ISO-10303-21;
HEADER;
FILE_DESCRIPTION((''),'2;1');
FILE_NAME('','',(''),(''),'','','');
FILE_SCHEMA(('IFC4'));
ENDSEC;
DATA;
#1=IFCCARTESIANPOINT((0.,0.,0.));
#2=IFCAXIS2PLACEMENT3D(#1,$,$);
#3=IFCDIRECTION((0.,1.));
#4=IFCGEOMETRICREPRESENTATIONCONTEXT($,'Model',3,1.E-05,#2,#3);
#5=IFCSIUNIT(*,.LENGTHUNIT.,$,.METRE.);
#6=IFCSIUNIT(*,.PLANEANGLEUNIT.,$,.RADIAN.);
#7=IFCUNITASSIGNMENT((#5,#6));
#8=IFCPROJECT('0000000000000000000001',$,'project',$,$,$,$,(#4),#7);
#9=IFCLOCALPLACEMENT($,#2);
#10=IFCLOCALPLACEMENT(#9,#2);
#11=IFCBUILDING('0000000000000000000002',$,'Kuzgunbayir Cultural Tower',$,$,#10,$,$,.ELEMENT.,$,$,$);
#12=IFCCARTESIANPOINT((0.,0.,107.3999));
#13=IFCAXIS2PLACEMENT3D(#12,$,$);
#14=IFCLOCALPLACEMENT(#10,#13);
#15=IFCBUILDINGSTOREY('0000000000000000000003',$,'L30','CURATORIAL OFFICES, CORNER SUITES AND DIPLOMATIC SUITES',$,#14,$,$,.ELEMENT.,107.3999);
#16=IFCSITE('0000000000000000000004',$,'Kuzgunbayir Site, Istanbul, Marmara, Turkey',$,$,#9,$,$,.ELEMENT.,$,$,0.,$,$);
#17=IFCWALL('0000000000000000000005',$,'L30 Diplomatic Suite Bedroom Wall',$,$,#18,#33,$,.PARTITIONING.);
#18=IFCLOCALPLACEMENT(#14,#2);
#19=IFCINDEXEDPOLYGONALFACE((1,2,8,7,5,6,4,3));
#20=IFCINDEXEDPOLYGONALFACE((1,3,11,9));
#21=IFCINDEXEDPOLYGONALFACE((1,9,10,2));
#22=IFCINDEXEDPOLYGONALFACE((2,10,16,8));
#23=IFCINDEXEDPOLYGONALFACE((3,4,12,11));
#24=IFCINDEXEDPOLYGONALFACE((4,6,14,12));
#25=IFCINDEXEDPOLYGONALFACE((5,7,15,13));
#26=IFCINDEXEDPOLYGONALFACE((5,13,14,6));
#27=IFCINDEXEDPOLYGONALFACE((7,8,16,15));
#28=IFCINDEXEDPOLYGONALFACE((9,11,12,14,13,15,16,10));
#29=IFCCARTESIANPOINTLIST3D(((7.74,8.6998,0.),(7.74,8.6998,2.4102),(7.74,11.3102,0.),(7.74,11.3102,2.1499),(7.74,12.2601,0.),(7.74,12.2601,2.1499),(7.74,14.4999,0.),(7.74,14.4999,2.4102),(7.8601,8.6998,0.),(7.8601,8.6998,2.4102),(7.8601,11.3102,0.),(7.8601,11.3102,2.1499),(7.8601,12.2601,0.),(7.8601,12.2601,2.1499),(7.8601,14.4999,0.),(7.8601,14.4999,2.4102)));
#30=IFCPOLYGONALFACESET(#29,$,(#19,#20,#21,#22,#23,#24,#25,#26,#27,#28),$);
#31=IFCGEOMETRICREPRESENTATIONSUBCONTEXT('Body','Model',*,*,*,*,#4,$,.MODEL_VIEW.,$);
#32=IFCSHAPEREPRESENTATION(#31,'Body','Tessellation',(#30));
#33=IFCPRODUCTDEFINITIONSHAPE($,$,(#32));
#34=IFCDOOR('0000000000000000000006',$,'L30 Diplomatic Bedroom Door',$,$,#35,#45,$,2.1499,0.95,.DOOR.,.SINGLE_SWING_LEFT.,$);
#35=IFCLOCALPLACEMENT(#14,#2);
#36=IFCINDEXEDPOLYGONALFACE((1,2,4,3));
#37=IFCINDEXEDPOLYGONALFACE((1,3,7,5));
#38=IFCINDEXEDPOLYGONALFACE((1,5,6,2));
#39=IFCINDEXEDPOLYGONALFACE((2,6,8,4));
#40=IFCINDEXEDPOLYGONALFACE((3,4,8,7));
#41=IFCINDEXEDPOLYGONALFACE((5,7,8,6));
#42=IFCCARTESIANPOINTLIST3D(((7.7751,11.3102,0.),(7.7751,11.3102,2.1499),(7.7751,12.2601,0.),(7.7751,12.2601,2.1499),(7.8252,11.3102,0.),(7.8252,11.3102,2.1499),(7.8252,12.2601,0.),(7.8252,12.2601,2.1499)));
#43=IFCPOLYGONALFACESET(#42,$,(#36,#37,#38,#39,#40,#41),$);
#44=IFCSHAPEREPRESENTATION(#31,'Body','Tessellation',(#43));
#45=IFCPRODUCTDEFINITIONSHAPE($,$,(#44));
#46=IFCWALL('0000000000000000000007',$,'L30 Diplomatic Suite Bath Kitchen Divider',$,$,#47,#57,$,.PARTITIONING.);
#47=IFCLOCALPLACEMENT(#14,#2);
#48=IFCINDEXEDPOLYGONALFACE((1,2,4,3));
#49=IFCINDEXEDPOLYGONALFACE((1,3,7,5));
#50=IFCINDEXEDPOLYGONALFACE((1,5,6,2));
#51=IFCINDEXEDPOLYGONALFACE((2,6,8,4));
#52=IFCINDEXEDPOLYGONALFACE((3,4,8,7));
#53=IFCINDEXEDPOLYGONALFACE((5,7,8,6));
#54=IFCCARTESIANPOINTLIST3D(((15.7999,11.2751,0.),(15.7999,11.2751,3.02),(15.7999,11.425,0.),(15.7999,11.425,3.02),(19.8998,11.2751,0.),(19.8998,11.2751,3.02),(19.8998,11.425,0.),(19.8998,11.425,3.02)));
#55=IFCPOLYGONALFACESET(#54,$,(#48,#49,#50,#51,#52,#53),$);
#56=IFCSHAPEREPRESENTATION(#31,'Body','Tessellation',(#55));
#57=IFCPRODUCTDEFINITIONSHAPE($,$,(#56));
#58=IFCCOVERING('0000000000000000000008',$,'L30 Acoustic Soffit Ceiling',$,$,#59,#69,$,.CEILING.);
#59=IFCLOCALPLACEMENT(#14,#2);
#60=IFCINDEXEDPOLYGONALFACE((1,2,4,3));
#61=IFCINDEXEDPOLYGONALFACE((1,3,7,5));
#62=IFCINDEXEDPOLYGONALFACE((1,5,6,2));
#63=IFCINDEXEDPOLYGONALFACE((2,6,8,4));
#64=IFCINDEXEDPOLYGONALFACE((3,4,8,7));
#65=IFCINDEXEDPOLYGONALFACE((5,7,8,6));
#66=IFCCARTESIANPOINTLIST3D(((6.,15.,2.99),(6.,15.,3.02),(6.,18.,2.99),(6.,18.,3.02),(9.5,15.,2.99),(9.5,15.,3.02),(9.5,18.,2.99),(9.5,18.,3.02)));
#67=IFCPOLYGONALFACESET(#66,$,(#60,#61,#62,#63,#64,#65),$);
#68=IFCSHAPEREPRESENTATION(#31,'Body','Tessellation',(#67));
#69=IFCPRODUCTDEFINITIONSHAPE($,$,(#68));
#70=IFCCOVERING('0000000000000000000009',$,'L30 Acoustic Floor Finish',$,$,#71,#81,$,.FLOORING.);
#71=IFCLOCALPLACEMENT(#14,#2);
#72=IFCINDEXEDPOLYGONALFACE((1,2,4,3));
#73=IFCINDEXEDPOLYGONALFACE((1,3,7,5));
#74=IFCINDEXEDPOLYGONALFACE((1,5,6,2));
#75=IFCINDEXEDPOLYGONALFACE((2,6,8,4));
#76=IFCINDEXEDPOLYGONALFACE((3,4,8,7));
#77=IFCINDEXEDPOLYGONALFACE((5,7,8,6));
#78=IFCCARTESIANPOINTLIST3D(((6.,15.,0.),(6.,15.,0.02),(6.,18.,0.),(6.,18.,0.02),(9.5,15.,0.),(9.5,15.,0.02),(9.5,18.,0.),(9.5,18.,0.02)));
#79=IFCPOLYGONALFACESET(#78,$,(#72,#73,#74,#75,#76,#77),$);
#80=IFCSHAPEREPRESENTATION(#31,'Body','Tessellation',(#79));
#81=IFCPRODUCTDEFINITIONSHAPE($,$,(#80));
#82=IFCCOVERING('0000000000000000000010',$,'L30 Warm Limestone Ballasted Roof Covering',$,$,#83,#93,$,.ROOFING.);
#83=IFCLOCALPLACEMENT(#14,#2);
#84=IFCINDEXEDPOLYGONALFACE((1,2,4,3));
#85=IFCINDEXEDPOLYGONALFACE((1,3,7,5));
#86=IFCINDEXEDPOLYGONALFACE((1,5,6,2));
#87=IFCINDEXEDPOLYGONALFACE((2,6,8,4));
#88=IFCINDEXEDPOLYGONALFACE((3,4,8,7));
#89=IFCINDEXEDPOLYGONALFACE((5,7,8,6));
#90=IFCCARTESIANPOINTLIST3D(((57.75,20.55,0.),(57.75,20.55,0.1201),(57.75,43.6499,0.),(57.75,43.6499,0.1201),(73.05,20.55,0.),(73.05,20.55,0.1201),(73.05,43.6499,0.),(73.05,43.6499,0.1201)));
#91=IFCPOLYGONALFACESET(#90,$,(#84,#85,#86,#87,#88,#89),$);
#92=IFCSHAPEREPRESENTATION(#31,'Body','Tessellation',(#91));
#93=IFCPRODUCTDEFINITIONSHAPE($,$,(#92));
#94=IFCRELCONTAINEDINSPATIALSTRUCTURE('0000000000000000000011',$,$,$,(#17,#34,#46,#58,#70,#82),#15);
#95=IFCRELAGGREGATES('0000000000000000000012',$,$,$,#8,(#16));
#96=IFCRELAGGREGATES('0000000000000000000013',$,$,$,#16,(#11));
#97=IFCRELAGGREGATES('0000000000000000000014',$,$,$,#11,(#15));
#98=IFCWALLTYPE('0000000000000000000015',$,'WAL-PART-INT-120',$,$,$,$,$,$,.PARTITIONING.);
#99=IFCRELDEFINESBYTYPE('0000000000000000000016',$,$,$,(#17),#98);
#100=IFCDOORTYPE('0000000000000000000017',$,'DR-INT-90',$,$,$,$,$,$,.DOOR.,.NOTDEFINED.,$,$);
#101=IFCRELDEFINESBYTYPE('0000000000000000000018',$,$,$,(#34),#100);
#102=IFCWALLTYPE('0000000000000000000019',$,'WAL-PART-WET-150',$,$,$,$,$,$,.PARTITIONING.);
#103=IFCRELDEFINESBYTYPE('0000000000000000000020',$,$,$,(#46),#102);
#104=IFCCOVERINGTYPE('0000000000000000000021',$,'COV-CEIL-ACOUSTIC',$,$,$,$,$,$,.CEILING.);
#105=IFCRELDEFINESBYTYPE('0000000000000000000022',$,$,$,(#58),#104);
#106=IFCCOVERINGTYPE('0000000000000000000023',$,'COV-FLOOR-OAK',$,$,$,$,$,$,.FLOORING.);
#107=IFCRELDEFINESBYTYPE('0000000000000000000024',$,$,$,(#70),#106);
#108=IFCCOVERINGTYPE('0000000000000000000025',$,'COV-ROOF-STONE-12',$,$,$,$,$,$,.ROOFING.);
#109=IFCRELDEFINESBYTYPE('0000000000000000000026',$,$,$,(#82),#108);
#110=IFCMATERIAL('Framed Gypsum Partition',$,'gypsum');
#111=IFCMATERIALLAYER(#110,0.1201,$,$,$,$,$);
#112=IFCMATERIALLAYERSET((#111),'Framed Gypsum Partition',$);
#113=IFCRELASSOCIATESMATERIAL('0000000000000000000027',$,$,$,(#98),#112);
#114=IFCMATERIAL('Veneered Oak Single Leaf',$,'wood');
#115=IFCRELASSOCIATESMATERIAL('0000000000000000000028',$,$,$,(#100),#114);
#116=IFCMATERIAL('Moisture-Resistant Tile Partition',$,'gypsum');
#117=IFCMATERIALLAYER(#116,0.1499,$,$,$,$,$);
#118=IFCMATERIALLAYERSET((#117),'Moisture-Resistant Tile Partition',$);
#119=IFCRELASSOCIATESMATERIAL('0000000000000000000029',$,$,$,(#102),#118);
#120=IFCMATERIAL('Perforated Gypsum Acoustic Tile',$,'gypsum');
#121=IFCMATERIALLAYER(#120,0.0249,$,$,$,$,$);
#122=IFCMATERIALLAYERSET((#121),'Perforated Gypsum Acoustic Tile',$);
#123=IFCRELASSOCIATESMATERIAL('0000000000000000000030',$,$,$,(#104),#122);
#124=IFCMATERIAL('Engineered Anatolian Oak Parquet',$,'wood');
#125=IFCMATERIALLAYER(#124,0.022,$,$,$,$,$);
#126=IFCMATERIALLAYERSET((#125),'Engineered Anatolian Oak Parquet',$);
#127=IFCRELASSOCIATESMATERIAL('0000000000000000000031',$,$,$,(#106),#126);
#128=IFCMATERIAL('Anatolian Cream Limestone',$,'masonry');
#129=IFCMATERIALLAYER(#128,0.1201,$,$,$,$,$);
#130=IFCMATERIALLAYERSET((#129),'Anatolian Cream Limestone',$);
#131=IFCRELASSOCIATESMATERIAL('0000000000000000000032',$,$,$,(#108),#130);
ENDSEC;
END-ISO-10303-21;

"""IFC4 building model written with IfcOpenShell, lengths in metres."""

from ifc_helpers import new_model, si_unit, direction, frame, frame_2d, origin, place, context, subcontext, project, spatial, polyline, rectangle, outline, extrude, material, layer, layer_set, type_object, element, fill, save


model = new_model("IFC4")

# Units and contexts
model_context = context("Model", 3, precision=1e-05, world=origin(), true_north=direction((0.0, 1.0)))
body_context = subcontext(model_context, "Body", "Model", "MODEL_VIEW")
ifc_project = project(units=[si_unit("LENGTHUNIT", "METRE"), si_unit("PLANEANGLEUNIT", "RADIAN")], contexts=[model_context])

# Site, building, storey
site_placement = place(None, origin())
site = spatial("IfcSite", under=ifc_project, at=site_placement, Name="Kuzgunbayir Site, Istanbul, Marmara, Turkey", CompositionType="ELEMENT", RefElevation=0.0)
building_placement = place(site_placement, origin())
building = spatial("IfcBuilding", under=site, at=building_placement, Name="Kuzgunbayir Cultural Tower", CompositionType="ELEMENT")
storey_placement = place(building_placement, frame((0.0, 0.0, 107.3999)))
storey = spatial("IfcBuildingStorey", under=building, at=storey_placement, Name="L30", Description="CURATORIAL OFFICES, CORNER SUITES AND DIPLOMATIC SUITES", CompositionType="ELEMENT", Elevation=107.3999)

# Shared definitions
ifc_material_1 = material(Name="Anatolian Cream Limestone", Category="masonry")

# Wall, opening, door
ifc_material_2 = material(Name="Framed Gypsum Partition", Category="gypsum")
ifc_layer_1 = layer(ifc_material_2, 0.1201)
ifc_layer_set_1 = layer_set([ifc_layer_1], Name="Framed Gypsum Partition")
wall_type_1 = type_object("IfcWallType", Name="WAL-PART-INT-120", PredefinedType="PARTITIONING", material=ifc_layer_set_1)
wall_1_placement = place(storey_placement, frame((7.8, 8.7, 0.0), z_axis=(0.0, 0.0, 1.0), x_axis=(0.0, 1.0, 0.0)))
wall_1 = element("IfcWall", 1, at=wall_1_placement, inside=storey, type_object=wall_type_1, Name="L30 Diplomatic Suite Bedroom Wall", PredefinedType="PARTITIONING", context=body_context, shape_type="SweptSolid", body=[
    extrude(rectangle(XDim=5.8, YDim=0.1201, at=frame_2d((2.8999, 0.0))), origin(), (0.0, 0.0, 1.0), 2.4102),
])
opening_1_placement = place(wall_1_placement, frame((2.6101, 0.0, 0.0)))
opening_1 = element("IfcOpeningElement", 2, at=opening_1_placement, cuts=wall_1, PredefinedType="OPENING", context=body_context, shape_type="SweptSolid", body=[
    extrude(rectangle(XDim=0.95, YDim=2.1499, at=frame_2d((0.4751, 1.075))), frame((0.0, 0.0701, 0.0), z_axis=(0.0, -1.0, 0.0), x_axis=(1.0, 0.0, 0.0)), (0.0, 0.0, 1.0), 0.1401),
])
ifc_material_3 = material(Name="Veneered Oak Single Leaf", Category="wood")
door_type_1 = type_object("IfcDoorType", Name="DR-INT-90", OperationType="NOTDEFINED", PredefinedType="DOOR", material=ifc_material_3)
door_1_placement = place(opening_1_placement, origin())
door_1 = element("IfcDoor", 3, at=door_1_placement, inside=storey, type_object=door_type_1, Name="L30 Diplomatic Bedroom Door", OperationType="SINGLE_SWING_LEFT", OverallHeight=2.1499, OverallWidth=0.95, PredefinedType="DOOR", context=body_context, shape_type="SweptSolid", body=[
    extrude(rectangle(XDim=0.95, YDim=2.1499, at=frame_2d((0.4751, 1.075))), frame((0.0, 0.0249, 0.0), z_axis=(0.0, -1.0, 0.0), x_axis=(1.0, 0.0, 0.0)), (0.0, 0.0, 1.0), 0.05),
])
fill(opening_1, door_1)

# Shared definitions
ifc_material_4 = material(Name="Moisture-Resistant Tile Partition", Category="gypsum")
ifc_layer_2 = layer(ifc_material_4, 0.1499)
ifc_layer_set_2 = layer_set([ifc_layer_2], Name="Moisture-Resistant Tile Partition")
wall_type_2 = type_object("IfcWallType", Name="WAL-PART-WET-150", PredefinedType="PARTITIONING", material=ifc_layer_set_2)

# Wall
wall_2_placement = place(storey_placement, frame((15.8, 11.3501, 0.0), z_axis=(0.0, 0.0, 1.0), x_axis=(1.0, 0.0, 0.0)))
element("IfcWall", 4, at=wall_2_placement, inside=storey, type_object=wall_type_2, Name="L30 Diplomatic Suite Bath Kitchen Divider", PredefinedType="PARTITIONING", context=body_context, shape_type="SweptSolid", body=[
    extrude(rectangle(XDim=4.0999, YDim=0.1499, at=frame_2d((2.0498, 0.0))), origin(), (0.0, 0.0, 1.0), 3.02),
])

# Coverings
ifc_material_5 = material(Name="Perforated Gypsum Acoustic Tile", Category="gypsum")
ifc_layer_3 = layer(ifc_material_5, 0.0249)
ifc_layer_set_3 = layer_set([ifc_layer_3], Name="Perforated Gypsum Acoustic Tile")
covering_type_1 = type_object("IfcCoveringType", Name="COV-CEIL-ACOUSTIC", PredefinedType="CEILING", material=ifc_layer_set_3)
covering_1_placement = place(storey_placement, frame((0.0, 0.0, 2.99)))
element("IfcCovering", 5, at=covering_1_placement, inside=storey, type_object=covering_type_1, Name="L30 Acoustic Soffit Ceiling", PredefinedType="CEILING", context=body_context, shape_type="SweptSolid", body=[
    extrude(outline(polyline([(6.0, 15.0), (9.5, 15.0), (9.5, 18.0), (6.0, 18.0), (6.0, 15.0)])), origin(), (0.0, 0.0, 1.0), 0.03),
])
ifc_material_6 = material(Name="Engineered Anatolian Oak Parquet", Category="wood")
ifc_layer_4 = layer(ifc_material_6, 0.022)
ifc_layer_set_4 = layer_set([ifc_layer_4], Name="Engineered Anatolian Oak Parquet")
covering_type_2 = type_object("IfcCoveringType", Name="COV-FLOOR-OAK", PredefinedType="FLOORING", material=ifc_layer_set_4)
covering_2_placement = place(storey_placement, origin())
element("IfcCovering", 6, at=covering_2_placement, inside=storey, type_object=covering_type_2, Name="L30 Acoustic Floor Finish", PredefinedType="FLOORING", context=body_context, shape_type="SweptSolid", body=[
    extrude(outline(polyline([(6.0, 15.0), (9.5, 15.0), (9.5, 18.0), (6.0, 18.0), (6.0, 15.0)])), origin(), (0.0, 0.0, 1.0), 0.02),
])
ifc_layer_5 = layer(ifc_material_1, 0.1201)
ifc_layer_set_5 = layer_set([ifc_layer_5], Name="Anatolian Cream Limestone")
covering_type_3 = type_object("IfcCoveringType", Name="COV-ROOF-STONE-12", PredefinedType="ROOFING", material=ifc_layer_set_5)
covering_3_placement = place(storey_placement, origin())
element("IfcCovering", 7, at=covering_3_placement, inside=storey, type_object=covering_type_3, Name="L30 Warm Limestone Ballasted Roof Covering", PredefinedType="ROOFING", context=body_context, shape_type="SweptSolid", body=[
    extrude(outline(polyline([(57.75, 20.55), (73.05, 20.55), (73.05, 43.6499), (57.75, 43.6499), (57.75, 20.55)])), origin(), (0.0, 0.0, 1.0), 0.1201),
])

save(model, "model.ifc")
